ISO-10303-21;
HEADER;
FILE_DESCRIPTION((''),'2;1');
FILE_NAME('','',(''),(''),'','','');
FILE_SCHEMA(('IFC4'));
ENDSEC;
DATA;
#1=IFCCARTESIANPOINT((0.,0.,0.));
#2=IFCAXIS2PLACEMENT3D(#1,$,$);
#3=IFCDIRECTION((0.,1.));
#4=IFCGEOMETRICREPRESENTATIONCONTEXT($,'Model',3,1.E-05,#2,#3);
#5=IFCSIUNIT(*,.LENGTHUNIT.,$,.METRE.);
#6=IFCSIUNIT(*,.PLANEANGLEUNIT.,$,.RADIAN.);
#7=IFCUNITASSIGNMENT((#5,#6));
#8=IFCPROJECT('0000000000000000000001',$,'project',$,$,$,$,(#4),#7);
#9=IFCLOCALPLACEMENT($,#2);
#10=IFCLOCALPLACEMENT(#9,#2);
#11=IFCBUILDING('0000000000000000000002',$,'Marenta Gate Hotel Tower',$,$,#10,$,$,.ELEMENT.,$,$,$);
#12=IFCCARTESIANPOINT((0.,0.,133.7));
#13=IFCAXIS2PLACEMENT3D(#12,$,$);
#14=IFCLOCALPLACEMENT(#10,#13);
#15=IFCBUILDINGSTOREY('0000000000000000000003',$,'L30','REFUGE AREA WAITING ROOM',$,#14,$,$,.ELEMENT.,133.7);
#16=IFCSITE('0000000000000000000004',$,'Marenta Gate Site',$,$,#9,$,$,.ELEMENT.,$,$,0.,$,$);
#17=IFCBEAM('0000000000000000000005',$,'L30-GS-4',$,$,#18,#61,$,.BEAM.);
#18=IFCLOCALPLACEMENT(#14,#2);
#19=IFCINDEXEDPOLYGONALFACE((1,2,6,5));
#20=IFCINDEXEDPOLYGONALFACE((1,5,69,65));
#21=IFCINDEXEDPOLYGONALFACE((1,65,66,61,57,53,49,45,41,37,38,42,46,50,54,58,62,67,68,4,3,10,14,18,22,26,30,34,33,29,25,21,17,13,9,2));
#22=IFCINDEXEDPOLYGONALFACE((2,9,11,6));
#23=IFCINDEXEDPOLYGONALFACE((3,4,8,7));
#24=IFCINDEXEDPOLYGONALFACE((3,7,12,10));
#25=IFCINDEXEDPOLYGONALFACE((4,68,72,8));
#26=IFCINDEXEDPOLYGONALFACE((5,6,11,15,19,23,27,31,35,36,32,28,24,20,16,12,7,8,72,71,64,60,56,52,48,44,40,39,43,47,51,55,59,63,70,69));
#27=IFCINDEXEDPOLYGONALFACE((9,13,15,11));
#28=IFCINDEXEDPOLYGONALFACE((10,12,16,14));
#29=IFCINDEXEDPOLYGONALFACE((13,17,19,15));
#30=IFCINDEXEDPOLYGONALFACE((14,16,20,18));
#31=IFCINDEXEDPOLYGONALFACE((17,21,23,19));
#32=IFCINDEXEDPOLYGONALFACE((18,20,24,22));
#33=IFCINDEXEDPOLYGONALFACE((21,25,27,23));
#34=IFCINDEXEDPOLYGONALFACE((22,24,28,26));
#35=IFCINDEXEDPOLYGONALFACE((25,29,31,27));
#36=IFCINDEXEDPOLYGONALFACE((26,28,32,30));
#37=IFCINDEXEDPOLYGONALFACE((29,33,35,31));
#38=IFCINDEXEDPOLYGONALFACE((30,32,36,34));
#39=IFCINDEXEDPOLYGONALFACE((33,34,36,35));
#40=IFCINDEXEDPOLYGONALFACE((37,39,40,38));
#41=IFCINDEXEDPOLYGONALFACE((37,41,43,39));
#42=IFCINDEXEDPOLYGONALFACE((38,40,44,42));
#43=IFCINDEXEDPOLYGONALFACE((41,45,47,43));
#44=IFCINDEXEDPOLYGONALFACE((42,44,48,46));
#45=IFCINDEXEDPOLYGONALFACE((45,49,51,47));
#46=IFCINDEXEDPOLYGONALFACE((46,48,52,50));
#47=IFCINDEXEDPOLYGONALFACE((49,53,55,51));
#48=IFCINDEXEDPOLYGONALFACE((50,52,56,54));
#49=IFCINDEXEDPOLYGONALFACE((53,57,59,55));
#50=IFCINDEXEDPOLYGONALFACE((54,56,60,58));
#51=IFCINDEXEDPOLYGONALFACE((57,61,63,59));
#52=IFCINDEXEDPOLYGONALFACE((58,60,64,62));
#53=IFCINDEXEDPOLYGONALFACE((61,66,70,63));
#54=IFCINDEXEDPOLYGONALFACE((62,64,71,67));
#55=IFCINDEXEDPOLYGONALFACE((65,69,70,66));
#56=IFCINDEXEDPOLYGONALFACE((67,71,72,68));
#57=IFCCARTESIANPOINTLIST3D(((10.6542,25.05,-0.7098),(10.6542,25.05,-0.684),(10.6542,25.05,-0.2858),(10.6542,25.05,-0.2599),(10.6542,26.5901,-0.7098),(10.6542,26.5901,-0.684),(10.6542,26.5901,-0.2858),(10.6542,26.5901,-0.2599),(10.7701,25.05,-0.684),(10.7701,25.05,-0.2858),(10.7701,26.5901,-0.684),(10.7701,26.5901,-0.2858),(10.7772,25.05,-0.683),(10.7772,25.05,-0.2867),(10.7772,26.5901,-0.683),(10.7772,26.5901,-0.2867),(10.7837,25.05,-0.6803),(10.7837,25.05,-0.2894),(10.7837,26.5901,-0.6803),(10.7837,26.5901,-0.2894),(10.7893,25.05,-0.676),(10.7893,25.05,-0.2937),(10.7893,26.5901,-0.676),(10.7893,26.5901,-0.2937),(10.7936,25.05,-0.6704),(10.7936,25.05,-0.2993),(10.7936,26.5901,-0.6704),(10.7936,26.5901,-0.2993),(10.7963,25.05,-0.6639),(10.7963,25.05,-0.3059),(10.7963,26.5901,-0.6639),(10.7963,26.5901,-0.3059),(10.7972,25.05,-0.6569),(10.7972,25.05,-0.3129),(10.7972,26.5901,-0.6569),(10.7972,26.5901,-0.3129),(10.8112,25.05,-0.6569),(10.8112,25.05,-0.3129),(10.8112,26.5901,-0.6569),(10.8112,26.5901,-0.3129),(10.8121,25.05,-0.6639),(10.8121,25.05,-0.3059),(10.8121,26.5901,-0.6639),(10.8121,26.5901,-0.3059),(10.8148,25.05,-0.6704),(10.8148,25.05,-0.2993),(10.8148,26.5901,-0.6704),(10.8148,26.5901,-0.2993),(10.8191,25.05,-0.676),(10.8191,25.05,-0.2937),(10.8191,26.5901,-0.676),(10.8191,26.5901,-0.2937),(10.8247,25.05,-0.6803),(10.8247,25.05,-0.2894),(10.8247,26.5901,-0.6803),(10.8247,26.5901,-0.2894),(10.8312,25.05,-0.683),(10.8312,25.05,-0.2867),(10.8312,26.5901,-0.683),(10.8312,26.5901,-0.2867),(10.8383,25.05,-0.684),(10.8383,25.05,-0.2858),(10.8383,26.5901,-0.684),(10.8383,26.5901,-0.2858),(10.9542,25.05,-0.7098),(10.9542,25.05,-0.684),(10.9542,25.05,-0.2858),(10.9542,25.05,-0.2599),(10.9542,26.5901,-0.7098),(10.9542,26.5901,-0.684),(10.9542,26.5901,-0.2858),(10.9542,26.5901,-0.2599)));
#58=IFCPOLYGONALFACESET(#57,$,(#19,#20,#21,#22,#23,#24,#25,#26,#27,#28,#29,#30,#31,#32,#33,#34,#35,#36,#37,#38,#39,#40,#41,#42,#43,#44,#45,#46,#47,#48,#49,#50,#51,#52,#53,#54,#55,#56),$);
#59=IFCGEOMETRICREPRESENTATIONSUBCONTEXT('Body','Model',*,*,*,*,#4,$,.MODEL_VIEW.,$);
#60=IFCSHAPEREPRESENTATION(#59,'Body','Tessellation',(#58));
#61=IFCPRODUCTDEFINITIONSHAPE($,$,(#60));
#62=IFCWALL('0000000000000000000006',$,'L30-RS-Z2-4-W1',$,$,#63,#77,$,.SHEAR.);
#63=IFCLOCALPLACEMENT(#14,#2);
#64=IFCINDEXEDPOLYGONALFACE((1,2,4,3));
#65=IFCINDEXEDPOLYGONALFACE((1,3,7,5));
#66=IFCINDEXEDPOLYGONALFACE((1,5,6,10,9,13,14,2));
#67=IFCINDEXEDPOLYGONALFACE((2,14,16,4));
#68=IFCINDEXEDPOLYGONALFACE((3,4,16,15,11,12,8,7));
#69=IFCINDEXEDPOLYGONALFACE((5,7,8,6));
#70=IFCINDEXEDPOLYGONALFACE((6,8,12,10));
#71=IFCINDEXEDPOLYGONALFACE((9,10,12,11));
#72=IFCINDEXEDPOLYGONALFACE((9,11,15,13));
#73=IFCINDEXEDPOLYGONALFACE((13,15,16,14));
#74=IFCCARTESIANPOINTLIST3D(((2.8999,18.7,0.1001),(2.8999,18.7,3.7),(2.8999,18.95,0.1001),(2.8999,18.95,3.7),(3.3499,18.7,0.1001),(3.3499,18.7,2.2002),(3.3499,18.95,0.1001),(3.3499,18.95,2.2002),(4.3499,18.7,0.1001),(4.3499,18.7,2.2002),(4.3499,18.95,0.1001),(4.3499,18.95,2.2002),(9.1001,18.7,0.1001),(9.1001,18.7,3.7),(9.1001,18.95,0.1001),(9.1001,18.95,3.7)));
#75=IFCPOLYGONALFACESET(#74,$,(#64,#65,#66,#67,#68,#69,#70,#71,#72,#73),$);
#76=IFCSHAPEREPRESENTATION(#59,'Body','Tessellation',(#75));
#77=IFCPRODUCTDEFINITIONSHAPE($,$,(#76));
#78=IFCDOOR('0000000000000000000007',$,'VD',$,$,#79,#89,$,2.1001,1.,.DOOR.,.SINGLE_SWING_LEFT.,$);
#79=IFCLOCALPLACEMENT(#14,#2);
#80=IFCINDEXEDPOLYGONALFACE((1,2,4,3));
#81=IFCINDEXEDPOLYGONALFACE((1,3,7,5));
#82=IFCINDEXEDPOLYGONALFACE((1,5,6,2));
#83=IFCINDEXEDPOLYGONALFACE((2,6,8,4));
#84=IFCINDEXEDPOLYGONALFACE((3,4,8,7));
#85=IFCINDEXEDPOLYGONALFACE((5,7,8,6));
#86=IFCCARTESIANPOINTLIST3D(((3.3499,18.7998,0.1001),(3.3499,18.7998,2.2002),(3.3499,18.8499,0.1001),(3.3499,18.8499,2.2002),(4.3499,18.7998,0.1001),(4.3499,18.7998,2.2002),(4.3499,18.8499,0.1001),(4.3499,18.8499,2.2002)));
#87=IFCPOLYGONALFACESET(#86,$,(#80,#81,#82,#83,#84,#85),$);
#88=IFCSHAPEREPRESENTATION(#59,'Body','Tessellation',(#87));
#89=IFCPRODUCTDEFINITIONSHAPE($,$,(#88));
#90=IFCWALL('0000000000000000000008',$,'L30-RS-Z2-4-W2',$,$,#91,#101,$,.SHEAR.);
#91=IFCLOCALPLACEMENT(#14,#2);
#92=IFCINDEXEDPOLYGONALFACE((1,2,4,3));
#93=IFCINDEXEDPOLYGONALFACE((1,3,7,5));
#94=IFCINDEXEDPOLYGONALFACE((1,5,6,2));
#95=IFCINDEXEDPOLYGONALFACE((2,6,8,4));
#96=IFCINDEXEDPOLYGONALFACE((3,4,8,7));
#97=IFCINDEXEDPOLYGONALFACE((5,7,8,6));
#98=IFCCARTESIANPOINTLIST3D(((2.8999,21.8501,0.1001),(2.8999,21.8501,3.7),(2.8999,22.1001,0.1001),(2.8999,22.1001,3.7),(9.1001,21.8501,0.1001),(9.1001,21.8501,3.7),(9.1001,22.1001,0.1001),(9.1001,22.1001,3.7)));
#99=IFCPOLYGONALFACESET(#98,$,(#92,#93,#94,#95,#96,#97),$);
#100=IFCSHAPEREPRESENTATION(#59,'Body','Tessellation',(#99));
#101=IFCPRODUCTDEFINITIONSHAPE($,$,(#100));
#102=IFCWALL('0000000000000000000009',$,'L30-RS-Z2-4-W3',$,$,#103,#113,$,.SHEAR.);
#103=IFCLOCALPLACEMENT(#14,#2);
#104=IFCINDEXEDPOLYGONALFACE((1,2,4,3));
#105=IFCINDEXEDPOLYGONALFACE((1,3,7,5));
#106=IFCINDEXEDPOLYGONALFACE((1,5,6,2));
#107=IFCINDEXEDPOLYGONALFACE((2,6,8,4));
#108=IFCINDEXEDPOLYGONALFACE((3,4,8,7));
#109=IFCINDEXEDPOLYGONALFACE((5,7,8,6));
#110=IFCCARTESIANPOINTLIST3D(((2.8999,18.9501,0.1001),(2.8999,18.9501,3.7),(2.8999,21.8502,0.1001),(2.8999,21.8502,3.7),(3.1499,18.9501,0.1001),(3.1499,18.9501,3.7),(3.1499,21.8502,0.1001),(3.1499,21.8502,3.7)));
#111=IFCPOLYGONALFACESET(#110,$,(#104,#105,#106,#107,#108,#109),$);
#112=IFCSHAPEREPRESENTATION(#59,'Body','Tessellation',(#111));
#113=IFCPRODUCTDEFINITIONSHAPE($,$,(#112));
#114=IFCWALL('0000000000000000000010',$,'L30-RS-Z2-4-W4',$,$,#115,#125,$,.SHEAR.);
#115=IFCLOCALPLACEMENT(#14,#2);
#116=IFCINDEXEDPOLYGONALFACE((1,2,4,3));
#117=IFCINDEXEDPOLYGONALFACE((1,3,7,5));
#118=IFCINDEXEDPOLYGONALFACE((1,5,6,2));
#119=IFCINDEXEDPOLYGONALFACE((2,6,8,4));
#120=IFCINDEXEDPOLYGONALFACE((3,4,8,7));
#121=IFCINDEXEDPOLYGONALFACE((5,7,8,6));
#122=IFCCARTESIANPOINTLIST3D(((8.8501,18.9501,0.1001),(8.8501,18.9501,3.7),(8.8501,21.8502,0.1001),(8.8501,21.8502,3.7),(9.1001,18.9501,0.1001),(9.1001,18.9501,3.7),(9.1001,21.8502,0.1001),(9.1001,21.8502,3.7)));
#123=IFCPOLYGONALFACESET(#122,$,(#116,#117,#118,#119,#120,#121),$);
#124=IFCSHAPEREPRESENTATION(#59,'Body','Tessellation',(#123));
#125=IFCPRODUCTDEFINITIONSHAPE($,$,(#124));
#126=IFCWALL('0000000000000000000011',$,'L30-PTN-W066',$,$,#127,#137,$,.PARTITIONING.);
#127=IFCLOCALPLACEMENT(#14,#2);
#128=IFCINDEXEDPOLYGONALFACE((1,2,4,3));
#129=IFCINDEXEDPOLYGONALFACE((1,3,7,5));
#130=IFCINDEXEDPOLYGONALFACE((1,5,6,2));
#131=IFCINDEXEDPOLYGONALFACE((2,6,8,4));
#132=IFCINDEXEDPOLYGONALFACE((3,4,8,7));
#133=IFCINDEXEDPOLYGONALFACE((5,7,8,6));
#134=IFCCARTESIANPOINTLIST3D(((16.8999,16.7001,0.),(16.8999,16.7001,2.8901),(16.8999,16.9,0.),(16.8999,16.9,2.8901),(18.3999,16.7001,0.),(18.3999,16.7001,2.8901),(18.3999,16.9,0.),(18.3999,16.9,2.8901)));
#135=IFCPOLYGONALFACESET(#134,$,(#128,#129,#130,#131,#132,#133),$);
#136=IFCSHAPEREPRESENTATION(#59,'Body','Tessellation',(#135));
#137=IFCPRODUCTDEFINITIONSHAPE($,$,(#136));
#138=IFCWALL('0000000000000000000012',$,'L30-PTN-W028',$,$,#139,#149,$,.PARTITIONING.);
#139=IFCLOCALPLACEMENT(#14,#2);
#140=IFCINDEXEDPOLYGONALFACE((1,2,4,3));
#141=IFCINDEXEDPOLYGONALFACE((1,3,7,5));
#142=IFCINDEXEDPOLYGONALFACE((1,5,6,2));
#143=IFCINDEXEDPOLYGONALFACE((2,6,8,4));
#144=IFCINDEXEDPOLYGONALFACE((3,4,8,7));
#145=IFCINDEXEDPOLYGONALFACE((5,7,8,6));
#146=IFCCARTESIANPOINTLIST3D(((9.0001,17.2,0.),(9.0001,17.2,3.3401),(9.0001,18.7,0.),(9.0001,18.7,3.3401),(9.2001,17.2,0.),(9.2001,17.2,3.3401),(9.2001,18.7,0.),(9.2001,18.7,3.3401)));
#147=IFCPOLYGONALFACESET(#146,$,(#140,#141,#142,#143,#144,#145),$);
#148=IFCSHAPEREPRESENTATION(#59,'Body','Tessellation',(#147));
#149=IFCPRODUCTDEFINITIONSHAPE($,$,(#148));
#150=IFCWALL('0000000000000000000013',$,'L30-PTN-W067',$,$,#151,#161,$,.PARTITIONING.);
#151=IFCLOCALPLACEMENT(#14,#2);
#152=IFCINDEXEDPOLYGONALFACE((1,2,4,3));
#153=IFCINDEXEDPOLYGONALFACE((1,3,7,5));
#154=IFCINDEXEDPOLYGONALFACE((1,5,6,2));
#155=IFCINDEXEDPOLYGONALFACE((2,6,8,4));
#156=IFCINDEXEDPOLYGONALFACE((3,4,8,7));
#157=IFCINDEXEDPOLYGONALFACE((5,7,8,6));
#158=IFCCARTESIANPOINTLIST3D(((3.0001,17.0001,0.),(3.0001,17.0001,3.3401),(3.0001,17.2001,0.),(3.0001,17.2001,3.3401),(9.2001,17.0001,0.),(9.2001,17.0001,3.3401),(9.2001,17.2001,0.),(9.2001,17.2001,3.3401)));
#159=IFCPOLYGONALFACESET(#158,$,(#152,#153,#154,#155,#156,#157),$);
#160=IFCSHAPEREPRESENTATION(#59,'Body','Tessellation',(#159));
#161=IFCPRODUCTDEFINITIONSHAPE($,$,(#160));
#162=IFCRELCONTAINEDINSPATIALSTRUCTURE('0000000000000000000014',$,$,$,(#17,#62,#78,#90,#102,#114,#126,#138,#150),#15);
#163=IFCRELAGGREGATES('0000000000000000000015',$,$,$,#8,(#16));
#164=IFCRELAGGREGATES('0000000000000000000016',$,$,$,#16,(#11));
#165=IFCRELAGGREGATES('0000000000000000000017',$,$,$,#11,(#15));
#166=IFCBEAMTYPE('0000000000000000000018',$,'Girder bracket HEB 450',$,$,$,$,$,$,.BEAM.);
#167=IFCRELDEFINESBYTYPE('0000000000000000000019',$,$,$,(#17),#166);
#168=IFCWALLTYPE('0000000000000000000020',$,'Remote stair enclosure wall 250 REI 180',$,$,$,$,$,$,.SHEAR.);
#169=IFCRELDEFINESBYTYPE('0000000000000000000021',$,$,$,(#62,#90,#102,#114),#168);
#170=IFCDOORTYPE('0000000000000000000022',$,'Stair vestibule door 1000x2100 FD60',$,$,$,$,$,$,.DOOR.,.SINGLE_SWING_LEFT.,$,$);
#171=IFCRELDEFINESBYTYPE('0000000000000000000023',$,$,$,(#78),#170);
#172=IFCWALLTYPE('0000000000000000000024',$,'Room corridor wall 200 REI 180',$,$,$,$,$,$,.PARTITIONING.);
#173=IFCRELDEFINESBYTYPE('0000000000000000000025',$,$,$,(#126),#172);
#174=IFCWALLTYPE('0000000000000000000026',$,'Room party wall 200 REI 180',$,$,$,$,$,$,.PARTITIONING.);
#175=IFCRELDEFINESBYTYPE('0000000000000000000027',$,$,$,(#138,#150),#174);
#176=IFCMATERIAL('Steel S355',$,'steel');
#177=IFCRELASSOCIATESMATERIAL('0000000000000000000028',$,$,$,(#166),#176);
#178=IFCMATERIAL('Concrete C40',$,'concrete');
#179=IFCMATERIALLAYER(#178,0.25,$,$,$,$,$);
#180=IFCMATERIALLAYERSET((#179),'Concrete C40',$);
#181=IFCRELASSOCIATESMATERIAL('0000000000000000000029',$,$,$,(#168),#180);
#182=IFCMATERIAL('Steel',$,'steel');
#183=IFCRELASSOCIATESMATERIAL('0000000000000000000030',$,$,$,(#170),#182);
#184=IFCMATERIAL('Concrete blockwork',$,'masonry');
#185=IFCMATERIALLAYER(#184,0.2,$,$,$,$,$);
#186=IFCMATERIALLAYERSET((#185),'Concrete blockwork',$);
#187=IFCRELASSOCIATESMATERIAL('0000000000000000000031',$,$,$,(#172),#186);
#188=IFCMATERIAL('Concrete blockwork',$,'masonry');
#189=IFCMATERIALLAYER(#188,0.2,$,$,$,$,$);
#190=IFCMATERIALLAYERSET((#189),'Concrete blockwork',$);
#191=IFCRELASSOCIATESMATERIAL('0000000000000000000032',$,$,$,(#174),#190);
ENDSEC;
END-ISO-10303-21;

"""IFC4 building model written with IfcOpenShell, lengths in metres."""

from ifc_helpers import new_model, si_unit, direction, frame, frame_2d, origin, origin_2d, place, context, subcontext, project, spatial, rectangle, i_section, extrude, material, layer, layer_set, material_profile, profile_set, type_object, element, fill, save


model = new_model("IFC4")

# Units and contexts
model_context = context("Model", 3, precision=1e-05, world=origin(), true_north=direction((0.0, 1.0)))
body_context = subcontext(model_context, "Body", "Model", "MODEL_VIEW")
ifc_project = project(units=[si_unit("LENGTHUNIT", "METRE"), si_unit("PLANEANGLEUNIT", "RADIAN")], contexts=[model_context])

# Site, building, storey
site_placement = place(None, origin())
site = spatial("IfcSite", under=ifc_project, at=site_placement, Name="Marenta Gate Site", CompositionType="ELEMENT", RefElevation=0.0)
building_placement = place(site_placement, origin())
building = spatial("IfcBuilding", under=site, at=building_placement, Name="Marenta Gate Hotel Tower", CompositionType="ELEMENT")
storey_placement = place(building_placement, frame((0.0, 0.0, 133.7)))
storey = spatial("IfcBuildingStorey", under=building, at=storey_placement, Name="L30", Description="REFUGE AREA WAITING ROOM", CompositionType="ELEMENT", Elevation=133.7)

# Beam
ifc_material_1 = material(Name="Steel S355", Category="steel")
ifc_material_profile_1 = material_profile(ifc_material_1, i_section(OverallWidth=0.3, OverallDepth=0.45, WebThickness=0.0139, FlangeThickness=0.0259, FilletRadius=0.0271, at=origin_2d()), Name="HEB 450")
ifc_profile_set_1 = profile_set([ifc_material_profile_1], Name="Steel S355")
beam_type_1 = type_object("IfcBeamType", Name="Girder bracket HEB 450", PredefinedType="BEAM", material=ifc_profile_set_1)
for number, where, z_axis, x_axis, name in (
    (1, (10.8042, 25.05, -0.4849), (0.0, 1.0, 0.0), (-1.0, 0.0, 0.0), "L30-GS-4"),
):
    element("IfcBeam", number, at=place(storey_placement, frame(where, z_axis=z_axis, x_axis=x_axis)), inside=storey, type_object=beam_type_1, Name=name, PredefinedType="BEAM", context=body_context, shape_type="SweptSolid", body=[
        extrude(i_section(OverallWidth=0.3, OverallDepth=0.45, WebThickness=0.0139, FlangeThickness=0.0259, FilletRadius=0.0271, at=origin_2d()), origin(), (0.0, 0.0, 1.0), 1.54),
    ])

# Wall, opening, door
ifc_material_2 = material(Name="Concrete C40", Category="concrete")
ifc_layer_1 = layer(ifc_material_2, 0.25)
ifc_layer_set_1 = layer_set([ifc_layer_1], Name="Concrete C40")
wall_type_1 = type_object("IfcWallType", Name="Remote stair enclosure wall 250 REI 180", PredefinedType="SHEAR", material=ifc_layer_set_1)
wall_1_placement = place(storey_placement, frame((2.8999, 18.825, 0.1001), z_axis=(0.0, 0.0, 1.0), x_axis=(1.0, 0.0, 0.0)))
wall_1 = element("IfcWall", 2, at=wall_1_placement, inside=storey, type_object=wall_type_1, Name="L30-RS-Z2-4-W1", PredefinedType="SHEAR", context=body_context, shape_type="SweptSolid", body=[
    extrude(rectangle(XDim=6.2002, YDim=0.25, at=frame_2d((3.1001, 0.0))), origin(), (0.0, 0.0, 1.0), 3.5999),
])
opening_1_placement = place(wall_1_placement, frame((0.45, 0.0, 0.0)))
opening_1 = element("IfcOpeningElement", 3, at=opening_1_placement, cuts=wall_1, PredefinedType="OPENING", context=body_context, shape_type="SweptSolid", body=[
    extrude(rectangle(XDim=1.0, YDim=2.1001, at=frame_2d((0.5, 1.05))), frame((0.0, 0.125, 0.0), z_axis=(0.0, -1.0, 0.0), x_axis=(1.0, 0.0, 0.0)), (0.0, 0.0, 1.0), 0.25),
])
ifc_material_3 = material(Name="Steel", Category="steel")
door_type_1 = type_object("IfcDoorType", Name="Stair vestibule door 1000x2100 FD60", OperationType="SINGLE_SWING_LEFT", PredefinedType="DOOR", material=ifc_material_3)
door_1_placement = place(opening_1_placement, origin())
door_1 = element("IfcDoor", 4, at=door_1_placement, inside=storey, type_object=door_type_1, Name="VD", OperationType="SINGLE_SWING_LEFT", OverallHeight=2.1001, OverallWidth=1.0, PredefinedType="DOOR", context=body_context, shape_type="SweptSolid", body=[
    extrude(rectangle(XDim=1.0, YDim=2.1001, at=frame_2d((0.5, 1.05))), frame((0.0, 0.0249, 0.0), z_axis=(0.0, -1.0, 0.0), x_axis=(1.0, 0.0, 0.0)), (0.0, 0.0, 1.0), 0.05),
])
fill(opening_1, door_1)

# Walls
wall_2_placement = place(storey_placement, frame((2.8999, 21.9751, 0.1001), z_axis=(0.0, 0.0, 1.0), x_axis=(1.0, 0.0, 0.0)))
element("IfcWall", 5, at=wall_2_placement, inside=storey, type_object=wall_type_1, Name="L30-RS-Z2-4-W2", PredefinedType="SHEAR", context=body_context, shape_type="SweptSolid", body=[
    extrude(rectangle(XDim=6.2002, YDim=0.25, at=frame_2d((3.1001, 0.0))), origin(), (0.0, 0.0, 1.0), 3.5999),
])
for number, where, z_axis, x_axis, name in (
    (6, (3.0249, 18.95, 0.1001), (0.0, 0.0, 1.0), (0.0, 1.0, 0.0), "L30-RS-Z2-4-W3"),
    (7, (8.9751, 18.95, 0.1001), (0.0, 0.0, 1.0), (0.0, 1.0, 0.0), "L30-RS-Z2-4-W4"),
):
    element("IfcWall", number, at=place(storey_placement, frame(where, z_axis=z_axis, x_axis=x_axis)), inside=storey, type_object=wall_type_1, Name=name, PredefinedType="SHEAR", context=body_context, shape_type="SweptSolid", body=[
        extrude(rectangle(XDim=2.9001, YDim=0.25, at=frame_2d((1.4502, 0.0))), origin(), (0.0, 0.0, 1.0), 3.5999),
    ])
ifc_material_4 = material(Name="Concrete blockwork", Category="masonry")
ifc_layer_2 = layer(ifc_material_4, 0.2)
ifc_layer_set_2 = layer_set([ifc_layer_2], Name="Concrete blockwork")
wall_type_2 = type_object("IfcWallType", Name="Room corridor wall 200 REI 180", PredefinedType="PARTITIONING", material=ifc_layer_set_2)
wall_3_placement = place(storey_placement, frame((16.8999, 16.8, 0.0), z_axis=(0.0, 0.0, 1.0), x_axis=(1.0, 0.0, 0.0)))
element("IfcWall", 8, at=wall_3_placement, inside=storey, type_object=wall_type_2, Name="L30-PTN-W066", PredefinedType="PARTITIONING", context=body_context, shape_type="SweptSolid", body=[
    extrude(rectangle(XDim=1.5, YDim=0.2, at=frame_2d((0.75, 0.0))), origin(), (0.0, 0.0, 1.0), 2.8901),
])
ifc_material_5 = material(Name="Concrete blockwork", Category="masonry")
ifc_layer_3 = layer(ifc_material_5, 0.2)
ifc_layer_set_3 = layer_set([ifc_layer_3], Name="Concrete blockwork")
wall_type_3 = type_object("IfcWallType", Name="Room party wall 200 REI 180", PredefinedType="PARTITIONING", material=ifc_layer_set_3)
wall_4_placement = place(storey_placement, frame((9.1001, 17.2, 0.0), z_axis=(0.0, 0.0, 1.0), x_axis=(0.0, 1.0, 0.0)))
element("IfcWall", 9, at=wall_4_placement, inside=storey, type_object=wall_type_3, Name="L30-PTN-W028", PredefinedType="PARTITIONING", context=body_context, shape_type="SweptSolid", body=[
    extrude(rectangle(XDim=1.5, YDim=0.2, at=frame_2d((0.75, 0.0))), origin(), (0.0, 0.0, 1.0), 3.3401),
])

# Wall
wall_5_placement = place(storey_placement, frame((3.0, 17.1001, 0.0), z_axis=(0.0, 0.0, 1.0), x_axis=(1.0, 0.0, 0.0)))
element("IfcWall", 10, at=wall_5_placement, inside=storey, type_object=wall_type_3, Name="L30-PTN-W067", PredefinedType="PARTITIONING", context=body_context, shape_type="SweptSolid", body=[
    extrude(rectangle(XDim=6.2, YDim=0.2, at=frame_2d((3.1001, 0.0))), origin(), (0.0, 0.0, 1.0), 3.3401),
])

save(model, "model.ifc")
